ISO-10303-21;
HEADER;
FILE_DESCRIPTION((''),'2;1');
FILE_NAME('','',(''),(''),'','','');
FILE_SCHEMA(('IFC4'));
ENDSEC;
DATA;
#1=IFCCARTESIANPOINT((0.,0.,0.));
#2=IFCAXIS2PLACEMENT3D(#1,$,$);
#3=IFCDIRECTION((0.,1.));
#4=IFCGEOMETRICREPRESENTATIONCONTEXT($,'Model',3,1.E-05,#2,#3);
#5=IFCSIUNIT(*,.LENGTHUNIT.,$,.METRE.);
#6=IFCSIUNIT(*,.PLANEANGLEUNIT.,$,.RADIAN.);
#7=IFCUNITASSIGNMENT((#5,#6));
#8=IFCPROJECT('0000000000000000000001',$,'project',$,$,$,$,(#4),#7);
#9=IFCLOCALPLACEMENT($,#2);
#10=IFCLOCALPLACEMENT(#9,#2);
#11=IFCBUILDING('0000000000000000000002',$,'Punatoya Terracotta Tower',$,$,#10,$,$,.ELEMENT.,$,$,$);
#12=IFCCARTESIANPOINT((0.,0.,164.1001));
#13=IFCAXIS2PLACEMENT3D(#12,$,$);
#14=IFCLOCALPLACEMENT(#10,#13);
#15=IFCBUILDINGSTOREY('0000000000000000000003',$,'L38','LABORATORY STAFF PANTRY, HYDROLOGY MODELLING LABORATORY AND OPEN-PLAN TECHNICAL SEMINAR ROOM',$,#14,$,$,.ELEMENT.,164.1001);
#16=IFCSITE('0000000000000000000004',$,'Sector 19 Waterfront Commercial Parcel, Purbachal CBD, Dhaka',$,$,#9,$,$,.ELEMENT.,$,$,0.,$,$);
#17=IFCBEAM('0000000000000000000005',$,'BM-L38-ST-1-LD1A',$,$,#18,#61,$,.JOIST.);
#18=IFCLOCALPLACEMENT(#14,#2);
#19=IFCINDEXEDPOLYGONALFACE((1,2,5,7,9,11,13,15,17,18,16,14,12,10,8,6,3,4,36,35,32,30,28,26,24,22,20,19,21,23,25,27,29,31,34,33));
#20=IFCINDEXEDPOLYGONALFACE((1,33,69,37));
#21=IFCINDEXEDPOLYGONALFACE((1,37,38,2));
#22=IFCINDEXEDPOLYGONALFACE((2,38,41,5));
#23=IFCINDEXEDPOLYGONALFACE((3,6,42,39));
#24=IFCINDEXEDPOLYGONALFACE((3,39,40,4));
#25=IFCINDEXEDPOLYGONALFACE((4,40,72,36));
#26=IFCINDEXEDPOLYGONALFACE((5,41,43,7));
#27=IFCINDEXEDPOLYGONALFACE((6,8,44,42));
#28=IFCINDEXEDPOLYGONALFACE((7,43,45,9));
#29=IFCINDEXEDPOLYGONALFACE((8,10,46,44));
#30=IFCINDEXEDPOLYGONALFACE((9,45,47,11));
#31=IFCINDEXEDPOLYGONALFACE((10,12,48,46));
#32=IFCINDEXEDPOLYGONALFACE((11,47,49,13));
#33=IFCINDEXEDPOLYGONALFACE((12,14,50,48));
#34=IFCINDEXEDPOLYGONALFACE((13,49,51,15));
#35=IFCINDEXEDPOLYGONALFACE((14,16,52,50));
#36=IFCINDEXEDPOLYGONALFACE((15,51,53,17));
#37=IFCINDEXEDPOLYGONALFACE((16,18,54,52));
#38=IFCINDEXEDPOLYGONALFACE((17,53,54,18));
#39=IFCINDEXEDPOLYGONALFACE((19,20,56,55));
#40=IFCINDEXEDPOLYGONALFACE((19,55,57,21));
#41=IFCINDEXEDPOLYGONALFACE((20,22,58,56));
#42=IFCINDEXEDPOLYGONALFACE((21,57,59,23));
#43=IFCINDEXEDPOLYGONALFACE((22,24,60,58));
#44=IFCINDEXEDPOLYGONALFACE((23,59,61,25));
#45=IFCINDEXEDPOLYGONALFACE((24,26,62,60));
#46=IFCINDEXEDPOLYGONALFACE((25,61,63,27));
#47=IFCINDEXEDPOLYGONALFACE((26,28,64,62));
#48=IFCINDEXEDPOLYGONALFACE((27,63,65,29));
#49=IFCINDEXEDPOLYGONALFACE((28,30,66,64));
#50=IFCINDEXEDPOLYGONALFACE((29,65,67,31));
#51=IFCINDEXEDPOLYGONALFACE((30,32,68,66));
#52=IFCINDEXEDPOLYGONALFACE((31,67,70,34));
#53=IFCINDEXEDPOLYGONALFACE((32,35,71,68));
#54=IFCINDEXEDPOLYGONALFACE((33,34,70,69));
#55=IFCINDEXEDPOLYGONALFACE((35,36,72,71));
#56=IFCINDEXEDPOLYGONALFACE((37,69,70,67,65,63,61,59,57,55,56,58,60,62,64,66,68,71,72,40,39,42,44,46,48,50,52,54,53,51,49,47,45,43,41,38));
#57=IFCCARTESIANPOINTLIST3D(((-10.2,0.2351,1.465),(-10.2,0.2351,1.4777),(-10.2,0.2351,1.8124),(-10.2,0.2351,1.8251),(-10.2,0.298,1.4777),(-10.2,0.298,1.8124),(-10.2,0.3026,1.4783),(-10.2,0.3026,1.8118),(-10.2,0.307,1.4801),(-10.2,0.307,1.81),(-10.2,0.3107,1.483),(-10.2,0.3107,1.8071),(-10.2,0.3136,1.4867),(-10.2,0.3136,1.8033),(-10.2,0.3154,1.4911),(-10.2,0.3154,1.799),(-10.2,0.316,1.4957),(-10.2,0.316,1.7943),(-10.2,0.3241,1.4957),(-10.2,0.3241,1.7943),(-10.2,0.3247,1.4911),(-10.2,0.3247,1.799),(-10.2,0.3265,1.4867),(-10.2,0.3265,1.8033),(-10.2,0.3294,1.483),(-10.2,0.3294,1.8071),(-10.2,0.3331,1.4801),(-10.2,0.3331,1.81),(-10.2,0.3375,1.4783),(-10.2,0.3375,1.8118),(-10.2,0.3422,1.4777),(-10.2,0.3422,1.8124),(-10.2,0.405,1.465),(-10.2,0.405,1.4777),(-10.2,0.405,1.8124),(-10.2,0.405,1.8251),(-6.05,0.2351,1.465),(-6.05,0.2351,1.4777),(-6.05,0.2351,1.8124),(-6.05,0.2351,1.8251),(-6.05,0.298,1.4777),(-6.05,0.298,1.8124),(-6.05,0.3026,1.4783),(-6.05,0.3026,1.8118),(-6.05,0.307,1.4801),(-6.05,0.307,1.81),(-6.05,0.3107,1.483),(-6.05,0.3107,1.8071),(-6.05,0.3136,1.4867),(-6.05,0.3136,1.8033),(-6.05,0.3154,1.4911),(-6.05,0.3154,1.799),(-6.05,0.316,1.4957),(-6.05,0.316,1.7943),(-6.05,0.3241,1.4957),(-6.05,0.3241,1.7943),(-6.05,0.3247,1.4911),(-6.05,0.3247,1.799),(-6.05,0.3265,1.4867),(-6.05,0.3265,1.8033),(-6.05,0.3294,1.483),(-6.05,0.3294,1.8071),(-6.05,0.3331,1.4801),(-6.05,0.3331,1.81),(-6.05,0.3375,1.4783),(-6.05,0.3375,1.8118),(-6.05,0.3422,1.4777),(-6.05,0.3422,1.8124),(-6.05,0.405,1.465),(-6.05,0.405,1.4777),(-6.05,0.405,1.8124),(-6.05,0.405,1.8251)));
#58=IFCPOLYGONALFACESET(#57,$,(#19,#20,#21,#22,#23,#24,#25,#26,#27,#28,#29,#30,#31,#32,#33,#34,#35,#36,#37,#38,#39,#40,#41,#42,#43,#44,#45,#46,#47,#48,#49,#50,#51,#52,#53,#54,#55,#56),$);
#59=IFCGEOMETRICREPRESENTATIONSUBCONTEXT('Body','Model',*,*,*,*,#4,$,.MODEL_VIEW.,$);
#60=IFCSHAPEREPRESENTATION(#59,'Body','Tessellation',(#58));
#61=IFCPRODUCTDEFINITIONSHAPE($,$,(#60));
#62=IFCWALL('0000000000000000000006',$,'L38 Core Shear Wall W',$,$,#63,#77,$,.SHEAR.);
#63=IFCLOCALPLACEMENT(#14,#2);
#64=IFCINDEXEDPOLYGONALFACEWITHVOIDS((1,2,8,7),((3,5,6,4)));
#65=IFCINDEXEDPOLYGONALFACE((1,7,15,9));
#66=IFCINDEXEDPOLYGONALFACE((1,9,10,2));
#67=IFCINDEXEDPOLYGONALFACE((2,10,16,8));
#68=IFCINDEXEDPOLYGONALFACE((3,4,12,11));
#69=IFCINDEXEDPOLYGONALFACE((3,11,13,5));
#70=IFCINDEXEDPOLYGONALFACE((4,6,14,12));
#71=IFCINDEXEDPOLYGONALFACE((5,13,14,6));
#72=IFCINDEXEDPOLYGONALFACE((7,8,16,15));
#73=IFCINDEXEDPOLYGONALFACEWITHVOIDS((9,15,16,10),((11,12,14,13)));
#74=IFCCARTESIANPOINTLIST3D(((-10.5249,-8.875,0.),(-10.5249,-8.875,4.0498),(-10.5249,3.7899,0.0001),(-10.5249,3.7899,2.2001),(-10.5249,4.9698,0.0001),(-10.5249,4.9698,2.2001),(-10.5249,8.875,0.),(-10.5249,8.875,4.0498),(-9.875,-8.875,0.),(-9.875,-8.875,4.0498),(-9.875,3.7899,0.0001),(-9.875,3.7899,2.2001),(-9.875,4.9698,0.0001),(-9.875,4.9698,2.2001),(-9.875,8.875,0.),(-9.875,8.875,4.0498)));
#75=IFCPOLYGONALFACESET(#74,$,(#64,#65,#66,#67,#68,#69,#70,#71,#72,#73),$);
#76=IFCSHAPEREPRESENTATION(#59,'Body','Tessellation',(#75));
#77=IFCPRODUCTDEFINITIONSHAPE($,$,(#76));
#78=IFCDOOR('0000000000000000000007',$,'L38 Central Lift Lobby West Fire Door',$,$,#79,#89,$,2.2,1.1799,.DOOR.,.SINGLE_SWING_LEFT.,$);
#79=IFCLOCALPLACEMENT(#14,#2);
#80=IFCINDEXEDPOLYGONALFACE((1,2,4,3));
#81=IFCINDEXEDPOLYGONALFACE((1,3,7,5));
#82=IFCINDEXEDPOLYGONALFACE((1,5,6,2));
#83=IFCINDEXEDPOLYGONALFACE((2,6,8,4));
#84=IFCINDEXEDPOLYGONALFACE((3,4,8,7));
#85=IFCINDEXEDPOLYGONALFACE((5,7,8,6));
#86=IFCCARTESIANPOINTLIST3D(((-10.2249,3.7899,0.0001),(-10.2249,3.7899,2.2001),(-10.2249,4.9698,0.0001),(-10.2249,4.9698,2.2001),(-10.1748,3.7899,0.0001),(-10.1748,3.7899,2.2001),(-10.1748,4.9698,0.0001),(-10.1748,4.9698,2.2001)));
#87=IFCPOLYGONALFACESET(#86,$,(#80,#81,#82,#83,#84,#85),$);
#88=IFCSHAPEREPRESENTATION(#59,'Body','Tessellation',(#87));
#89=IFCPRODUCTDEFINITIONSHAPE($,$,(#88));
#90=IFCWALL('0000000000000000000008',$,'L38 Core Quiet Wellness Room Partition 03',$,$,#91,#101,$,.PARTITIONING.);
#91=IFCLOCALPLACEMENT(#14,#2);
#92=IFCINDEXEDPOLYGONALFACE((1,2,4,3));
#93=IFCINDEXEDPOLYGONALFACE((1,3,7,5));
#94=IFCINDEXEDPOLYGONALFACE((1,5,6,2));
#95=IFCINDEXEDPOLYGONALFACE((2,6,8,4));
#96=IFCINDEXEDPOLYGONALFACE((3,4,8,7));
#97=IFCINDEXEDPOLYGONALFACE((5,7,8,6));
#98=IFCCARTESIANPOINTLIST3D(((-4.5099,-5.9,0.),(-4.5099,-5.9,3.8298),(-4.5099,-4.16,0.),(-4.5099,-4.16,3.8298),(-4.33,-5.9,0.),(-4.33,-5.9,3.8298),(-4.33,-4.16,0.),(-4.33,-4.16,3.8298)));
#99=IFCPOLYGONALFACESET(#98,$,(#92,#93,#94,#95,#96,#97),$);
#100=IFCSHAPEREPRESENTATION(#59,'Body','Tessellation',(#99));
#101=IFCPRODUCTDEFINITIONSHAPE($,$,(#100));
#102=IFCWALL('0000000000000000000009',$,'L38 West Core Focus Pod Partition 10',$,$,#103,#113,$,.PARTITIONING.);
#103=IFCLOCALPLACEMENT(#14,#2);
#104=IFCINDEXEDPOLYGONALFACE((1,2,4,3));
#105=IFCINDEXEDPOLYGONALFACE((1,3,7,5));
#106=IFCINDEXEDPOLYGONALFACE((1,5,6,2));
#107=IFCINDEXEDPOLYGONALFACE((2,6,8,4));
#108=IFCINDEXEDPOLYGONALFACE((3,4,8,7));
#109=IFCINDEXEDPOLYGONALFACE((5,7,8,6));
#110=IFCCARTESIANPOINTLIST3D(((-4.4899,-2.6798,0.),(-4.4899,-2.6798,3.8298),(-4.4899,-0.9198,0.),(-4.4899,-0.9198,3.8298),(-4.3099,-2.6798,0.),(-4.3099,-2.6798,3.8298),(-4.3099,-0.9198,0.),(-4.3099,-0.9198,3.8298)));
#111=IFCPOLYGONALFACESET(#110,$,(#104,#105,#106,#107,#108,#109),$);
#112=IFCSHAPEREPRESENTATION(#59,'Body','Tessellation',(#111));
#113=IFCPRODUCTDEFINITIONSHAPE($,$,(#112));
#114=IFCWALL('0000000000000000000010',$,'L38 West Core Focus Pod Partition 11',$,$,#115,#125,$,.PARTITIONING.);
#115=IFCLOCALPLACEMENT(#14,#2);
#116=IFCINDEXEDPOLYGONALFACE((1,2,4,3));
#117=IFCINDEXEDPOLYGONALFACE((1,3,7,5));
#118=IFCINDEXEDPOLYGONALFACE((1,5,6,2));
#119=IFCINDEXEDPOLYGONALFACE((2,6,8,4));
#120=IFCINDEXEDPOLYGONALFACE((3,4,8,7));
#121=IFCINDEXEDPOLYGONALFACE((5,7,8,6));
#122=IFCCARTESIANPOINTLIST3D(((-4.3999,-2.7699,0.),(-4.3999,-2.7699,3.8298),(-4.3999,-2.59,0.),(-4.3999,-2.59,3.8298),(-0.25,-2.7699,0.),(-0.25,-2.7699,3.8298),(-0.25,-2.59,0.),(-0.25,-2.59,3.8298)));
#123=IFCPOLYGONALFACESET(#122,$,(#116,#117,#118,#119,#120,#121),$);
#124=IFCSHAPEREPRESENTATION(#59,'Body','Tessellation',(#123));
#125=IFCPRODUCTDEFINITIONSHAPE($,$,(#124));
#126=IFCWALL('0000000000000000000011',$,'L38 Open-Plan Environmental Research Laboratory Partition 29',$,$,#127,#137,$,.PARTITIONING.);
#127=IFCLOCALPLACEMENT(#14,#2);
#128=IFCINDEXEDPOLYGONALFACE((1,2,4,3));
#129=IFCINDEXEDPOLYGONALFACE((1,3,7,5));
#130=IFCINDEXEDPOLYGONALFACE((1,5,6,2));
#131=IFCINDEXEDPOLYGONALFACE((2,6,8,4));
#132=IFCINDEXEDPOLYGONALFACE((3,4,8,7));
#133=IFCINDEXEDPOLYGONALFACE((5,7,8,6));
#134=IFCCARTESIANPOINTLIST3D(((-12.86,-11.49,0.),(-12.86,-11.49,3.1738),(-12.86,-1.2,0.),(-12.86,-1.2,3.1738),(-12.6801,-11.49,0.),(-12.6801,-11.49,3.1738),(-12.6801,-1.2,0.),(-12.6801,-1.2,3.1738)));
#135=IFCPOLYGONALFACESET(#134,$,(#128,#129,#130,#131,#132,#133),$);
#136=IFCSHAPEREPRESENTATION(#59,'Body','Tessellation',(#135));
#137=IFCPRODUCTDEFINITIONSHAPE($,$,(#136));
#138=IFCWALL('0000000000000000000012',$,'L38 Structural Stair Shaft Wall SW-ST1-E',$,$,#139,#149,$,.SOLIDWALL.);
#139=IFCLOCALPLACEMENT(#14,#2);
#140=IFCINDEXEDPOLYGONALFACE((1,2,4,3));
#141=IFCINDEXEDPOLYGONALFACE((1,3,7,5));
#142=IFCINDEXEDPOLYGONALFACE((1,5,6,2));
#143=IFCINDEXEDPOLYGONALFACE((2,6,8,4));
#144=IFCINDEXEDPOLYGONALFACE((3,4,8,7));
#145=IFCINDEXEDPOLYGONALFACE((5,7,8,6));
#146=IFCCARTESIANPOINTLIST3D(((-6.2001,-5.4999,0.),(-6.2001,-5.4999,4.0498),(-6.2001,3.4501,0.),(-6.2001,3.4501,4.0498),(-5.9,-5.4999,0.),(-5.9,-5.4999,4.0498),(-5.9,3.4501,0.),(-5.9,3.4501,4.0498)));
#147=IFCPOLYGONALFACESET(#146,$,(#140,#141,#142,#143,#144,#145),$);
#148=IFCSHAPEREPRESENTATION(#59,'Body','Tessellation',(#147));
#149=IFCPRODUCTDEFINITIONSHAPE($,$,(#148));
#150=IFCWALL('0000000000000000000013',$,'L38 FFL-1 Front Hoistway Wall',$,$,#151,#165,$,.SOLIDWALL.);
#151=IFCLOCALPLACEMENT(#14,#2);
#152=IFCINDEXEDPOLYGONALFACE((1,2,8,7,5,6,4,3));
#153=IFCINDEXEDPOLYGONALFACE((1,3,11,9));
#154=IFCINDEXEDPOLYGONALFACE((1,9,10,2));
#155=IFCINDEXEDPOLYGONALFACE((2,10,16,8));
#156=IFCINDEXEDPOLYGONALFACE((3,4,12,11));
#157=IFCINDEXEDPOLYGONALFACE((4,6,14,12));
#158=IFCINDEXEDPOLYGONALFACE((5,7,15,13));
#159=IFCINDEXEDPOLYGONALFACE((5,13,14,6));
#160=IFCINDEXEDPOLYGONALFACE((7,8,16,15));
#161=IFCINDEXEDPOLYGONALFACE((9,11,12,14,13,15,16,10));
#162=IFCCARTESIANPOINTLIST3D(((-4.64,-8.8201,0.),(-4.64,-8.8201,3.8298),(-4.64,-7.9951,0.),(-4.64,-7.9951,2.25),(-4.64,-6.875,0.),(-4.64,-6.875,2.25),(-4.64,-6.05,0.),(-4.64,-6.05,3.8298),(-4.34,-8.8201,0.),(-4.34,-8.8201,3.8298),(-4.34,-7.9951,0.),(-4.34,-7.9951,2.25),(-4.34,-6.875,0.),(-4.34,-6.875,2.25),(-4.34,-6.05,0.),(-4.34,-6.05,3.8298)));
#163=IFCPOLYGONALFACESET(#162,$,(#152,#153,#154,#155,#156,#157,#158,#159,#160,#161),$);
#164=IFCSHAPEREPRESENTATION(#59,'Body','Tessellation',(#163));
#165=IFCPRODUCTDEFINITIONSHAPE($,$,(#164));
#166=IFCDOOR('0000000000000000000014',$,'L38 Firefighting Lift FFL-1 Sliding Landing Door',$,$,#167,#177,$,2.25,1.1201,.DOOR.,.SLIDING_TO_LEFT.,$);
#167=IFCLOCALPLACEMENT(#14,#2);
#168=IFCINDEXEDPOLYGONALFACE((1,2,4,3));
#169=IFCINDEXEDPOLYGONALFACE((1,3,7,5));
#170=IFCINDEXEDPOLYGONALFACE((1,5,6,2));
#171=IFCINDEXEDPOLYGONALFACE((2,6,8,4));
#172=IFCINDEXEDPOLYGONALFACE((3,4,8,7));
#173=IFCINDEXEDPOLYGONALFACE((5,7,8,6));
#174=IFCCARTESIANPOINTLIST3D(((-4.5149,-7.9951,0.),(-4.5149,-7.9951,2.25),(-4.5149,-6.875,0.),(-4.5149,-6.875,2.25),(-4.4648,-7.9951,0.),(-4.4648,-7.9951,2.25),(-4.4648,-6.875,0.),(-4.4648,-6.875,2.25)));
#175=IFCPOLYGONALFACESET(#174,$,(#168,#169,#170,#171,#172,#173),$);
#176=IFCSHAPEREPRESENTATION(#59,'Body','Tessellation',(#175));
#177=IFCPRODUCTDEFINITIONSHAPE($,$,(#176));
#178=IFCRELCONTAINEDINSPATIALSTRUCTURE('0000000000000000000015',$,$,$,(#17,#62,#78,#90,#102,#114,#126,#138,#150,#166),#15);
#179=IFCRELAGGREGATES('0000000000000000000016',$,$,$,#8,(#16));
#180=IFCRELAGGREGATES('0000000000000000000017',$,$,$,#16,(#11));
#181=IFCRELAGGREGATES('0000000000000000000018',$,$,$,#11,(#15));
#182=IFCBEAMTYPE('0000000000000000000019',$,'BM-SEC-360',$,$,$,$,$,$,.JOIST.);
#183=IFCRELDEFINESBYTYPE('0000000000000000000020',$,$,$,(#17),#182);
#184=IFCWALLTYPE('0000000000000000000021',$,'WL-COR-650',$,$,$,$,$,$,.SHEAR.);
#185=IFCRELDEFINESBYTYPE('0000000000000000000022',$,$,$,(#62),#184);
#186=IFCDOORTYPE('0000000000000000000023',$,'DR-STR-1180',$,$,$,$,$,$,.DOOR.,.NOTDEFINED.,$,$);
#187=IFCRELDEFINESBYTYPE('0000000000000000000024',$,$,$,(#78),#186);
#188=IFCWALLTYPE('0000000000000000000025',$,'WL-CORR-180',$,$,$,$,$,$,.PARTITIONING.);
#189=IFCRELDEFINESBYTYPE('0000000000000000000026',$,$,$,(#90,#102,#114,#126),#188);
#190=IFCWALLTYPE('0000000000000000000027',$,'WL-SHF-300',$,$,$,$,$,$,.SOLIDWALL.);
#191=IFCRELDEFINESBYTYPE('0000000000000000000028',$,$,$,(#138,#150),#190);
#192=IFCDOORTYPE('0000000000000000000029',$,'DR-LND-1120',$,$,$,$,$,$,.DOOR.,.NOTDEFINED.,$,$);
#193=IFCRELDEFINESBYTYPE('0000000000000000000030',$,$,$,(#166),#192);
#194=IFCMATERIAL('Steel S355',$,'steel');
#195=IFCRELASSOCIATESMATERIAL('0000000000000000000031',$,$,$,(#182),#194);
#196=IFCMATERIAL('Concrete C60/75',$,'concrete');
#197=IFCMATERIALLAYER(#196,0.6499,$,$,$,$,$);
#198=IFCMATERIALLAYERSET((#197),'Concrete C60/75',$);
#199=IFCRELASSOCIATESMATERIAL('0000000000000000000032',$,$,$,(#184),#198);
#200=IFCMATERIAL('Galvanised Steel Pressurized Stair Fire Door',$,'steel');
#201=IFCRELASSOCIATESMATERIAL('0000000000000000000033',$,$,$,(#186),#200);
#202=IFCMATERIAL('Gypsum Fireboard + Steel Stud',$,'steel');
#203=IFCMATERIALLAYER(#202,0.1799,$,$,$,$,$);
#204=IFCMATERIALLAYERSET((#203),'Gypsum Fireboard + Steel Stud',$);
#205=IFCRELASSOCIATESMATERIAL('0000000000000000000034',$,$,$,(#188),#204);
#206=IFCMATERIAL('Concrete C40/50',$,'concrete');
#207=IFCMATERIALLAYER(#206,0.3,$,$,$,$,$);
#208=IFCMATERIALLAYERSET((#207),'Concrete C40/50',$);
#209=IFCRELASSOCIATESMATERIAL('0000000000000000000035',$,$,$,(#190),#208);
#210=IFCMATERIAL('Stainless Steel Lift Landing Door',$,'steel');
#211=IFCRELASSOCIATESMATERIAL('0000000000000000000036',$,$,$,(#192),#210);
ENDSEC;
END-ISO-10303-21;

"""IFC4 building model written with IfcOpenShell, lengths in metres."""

from ifc_helpers import new_model, si_unit, direction, frame, frame_2d, origin, origin_2d, place, context, subcontext, project, spatial, rectangle, i_section, extrude, material, layer, layer_set, material_profile, profile_set, type_object, element, fill, save


model = new_model("IFC4")

# Units and contexts
model_context = context("Model", 3, precision=1e-05, world=origin(), true_north=direction((0.0, 1.0)))
body_context = subcontext(model_context, "Body", "Model", "MODEL_VIEW")
ifc_project = project(units=[si_unit("LENGTHUNIT", "METRE"), si_unit("PLANEANGLEUNIT", "RADIAN")], contexts=[model_context])

# Site, building, storey
site_placement = place(None, origin())
site = spatial("IfcSite", under=ifc_project, at=site_placement, Name="Sector 19 Waterfront Commercial Parcel, Purbachal CBD, Dhaka", CompositionType="ELEMENT", RefElevation=0.0)
building_placement = place(site_placement, origin())
building = spatial("IfcBuilding", under=site, at=building_placement, Name="Punatoya Terracotta Tower", CompositionType="ELEMENT")
storey_placement = place(building_placement, frame((0.0, 0.0, 164.1001)))
storey = spatial("IfcBuildingStorey", under=building, at=storey_placement, Name="L38", Description="LABORATORY STAFF PANTRY, HYDROLOGY MODELLING LABORATORY AND OPEN-PLAN TECHNICAL SEMINAR ROOM", CompositionType="ELEMENT", Elevation=164.1001)

# Beam
ifc_material_1 = material(Name="Steel S355", Category="steel")
ifc_material_2 = material(Name="Concrete C60/75", Category="concrete")
ifc_material_profile_1 = material_profile(ifc_material_1, i_section(OverallWidth=0.1699, OverallDepth=0.3601, WebThickness=0.0081, FlangeThickness=0.0127, FilletRadius=0.0181, at=origin_2d()))
ifc_profile_set_1 = profile_set([ifc_material_profile_1], Name="Steel S355")
beam_type_1 = type_object("IfcBeamType", Name="BM-SEC-360", PredefinedType="JOIST", material=ifc_profile_set_1)
beam_1_placement = place(storey_placement, frame((-10.2, 0.3201, 1.645), z_axis=(1.0, 0.0, 0.0), x_axis=(0.0, 1.0, 0.0)))
element("IfcBeam", 1, at=beam_1_placement, inside=storey, type_object=beam_type_1, Name="BM-L38-ST-1-LD1A", PredefinedType="JOIST", context=body_context, shape_type="SweptSolid", body=[
    extrude(i_section(OverallWidth=0.1699, OverallDepth=0.3601, WebThickness=0.0081, FlangeThickness=0.0127, FilletRadius=0.0181, at=origin_2d()), origin(), (0.0, 0.0, 1.0), 4.1499),
])

# Wall, opening, door
ifc_layer_1 = layer(ifc_material_2, 0.6499)
ifc_layer_set_1 = layer_set([ifc_layer_1], Name="Concrete C60/75")
wall_type_1 = type_object("IfcWallType", Name="WL-COR-650", PredefinedType="SHEAR", material=ifc_layer_set_1)
wall_1_placement = place(storey_placement, frame((-10.2, -8.875, 0.0), z_axis=(0.0, 0.0, 1.0), x_axis=(0.0, 1.0, 0.0)))
wall_1 = element("IfcWall", 2, at=wall_1_placement, inside=storey, type_object=wall_type_1, Name="L38 Core Shear Wall W", PredefinedType="SHEAR", context=body_context, shape_type="SweptSolid", body=[
    extrude(rectangle(XDim=17.75, YDim=0.6499, at=frame_2d((8.875, 0.0))), origin(), (0.0, 0.0, 1.0), 4.0498),
])
opening_1_placement = place(wall_1_placement, frame((12.665, 0.0, 0.0)))
opening_1 = element("IfcOpeningElement", 3, at=opening_1_placement, cuts=wall_1, PredefinedType="OPENING", context=body_context, shape_type="SweptSolid", body=[
    extrude(rectangle(XDim=1.1799, YDim=2.2, at=frame_2d((0.5898, 1.1001))), frame((0.0, 0.335, 0.0), z_axis=(0.0, -1.0, 0.0), x_axis=(1.0, 0.0, 0.0)), (0.0, 0.0, 1.0), 0.6699),
])
ifc_material_3 = material(Name="Galvanised Steel Pressurized Stair Fire Door", Category="steel")
door_type_1 = type_object("IfcDoorType", Name="DR-STR-1180", OperationType="NOTDEFINED", PredefinedType="DOOR", material=ifc_material_3)
door_1_placement = place(opening_1_placement, origin())
door_1 = element("IfcDoor", 4, at=door_1_placement, inside=storey, type_object=door_type_1, Name="L38 Central Lift Lobby West Fire Door", OperationType="SINGLE_SWING_LEFT", OverallHeight=2.2, OverallWidth=1.1799, PredefinedType="DOOR", context=body_context, shape_type="SweptSolid", body=[
    extrude(rectangle(XDim=1.1799, YDim=2.2, at=frame_2d((0.5898, 1.1001))), frame((0.0, 0.0249, 0.0), z_axis=(0.0, -1.0, 0.0), x_axis=(1.0, 0.0, 0.0)), (0.0, 0.0, 1.0), 0.05),
])
fill(opening_1, door_1)

# Walls
ifc_material_4 = material(Name="Gypsum Fireboard + Steel Stud", Category="steel")
ifc_layer_2 = layer(ifc_material_4, 0.1799)
ifc_layer_set_2 = layer_set([ifc_layer_2], Name="Gypsum Fireboard + Steel Stud")
wall_type_2 = type_object("IfcWallType", Name="WL-CORR-180", PredefinedType="PARTITIONING", material=ifc_layer_set_2)
wall_2_placement = place(storey_placement, frame((-4.4199, -4.1599, 0.0), z_axis=(0.0, 0.0, 1.0), x_axis=(0.0, -1.0, 0.0)))
element("IfcWall", 5, at=wall_2_placement, inside=storey, type_object=wall_type_2, Name="L38 Core Quiet Wellness Room Partition 03", PredefinedType="PARTITIONING", context=body_context, shape_type="SweptSolid", body=[
    extrude(rectangle(XDim=1.74, YDim=0.1799, at=frame_2d((0.8701, 0.0))), origin(), (0.0, 0.0, 1.0), 3.8298),
])
wall_3_placement = place(storey_placement, frame((-4.3999, -0.9199, 0.0), z_axis=(0.0, 0.0, 1.0), x_axis=(0.0, -1.0, 0.0)))
element("IfcWall", 6, at=wall_3_placement, inside=storey, type_object=wall_type_2, Name="L38 West Core Focus Pod Partition 10", PredefinedType="PARTITIONING", context=body_context, shape_type="SweptSolid", body=[
    extrude(rectangle(XDim=1.76, YDim=0.1799, at=frame_2d((0.8799, 0.0))), origin(), (0.0, 0.0, 1.0), 3.8298),
])
wall_4_placement = place(storey_placement, frame((-4.3999, -2.6799, 0.0), z_axis=(0.0, 0.0, 1.0), x_axis=(1.0, 0.0, 0.0)))
element("IfcWall", 7, at=wall_4_placement, inside=storey, type_object=wall_type_2, Name="L38 West Core Focus Pod Partition 11", PredefinedType="PARTITIONING", context=body_context, shape_type="SweptSolid", body=[
    extrude(rectangle(XDim=4.1499, YDim=0.1799, at=frame_2d((2.075, 0.0))), origin(), (0.0, 0.0, 1.0), 3.8298),
])
wall_5_placement = place(storey_placement, frame((-12.77, -1.2, 0.0), z_axis=(0.0, 0.0, 1.0), x_axis=(0.0, -1.0, 0.0)))
element("IfcWall", 8, at=wall_5_placement, inside=storey, type_object=wall_type_2, Name="L38 Open-Plan Environmental Research Laboratory Partition 29", PredefinedType="PARTITIONING", context=body_context, shape_type="SweptSolid", body=[
    extrude(rectangle(XDim=10.29, YDim=0.1799, at=frame_2d((5.145, 0.0))), origin(), (0.0, 0.0, 1.0), 3.1738),
])
ifc_material_5 = material(Name="Concrete C40/50", Category="concrete")
ifc_layer_3 = layer(ifc_material_5, 0.3)
ifc_layer_set_3 = layer_set([ifc_layer_3], Name="Concrete C40/50")
wall_type_3 = type_object("IfcWallType", Name="WL-SHF-300", PredefinedType="SOLIDWALL", material=ifc_layer_set_3)
wall_6_placement = place(storey_placement, frame((-6.05, -5.5, 0.0), z_axis=(0.0, 0.0, 1.0), x_axis=(0.0, 1.0, 0.0)))
element("IfcWall", 9, at=wall_6_placement, inside=storey, type_object=wall_type_3, Name="L38 Structural Stair Shaft Wall SW-ST1-E", PredefinedType="SOLIDWALL", context=body_context, shape_type="SweptSolid", body=[
    extrude(rectangle(XDim=8.95, YDim=0.3, at=frame_2d((4.4751, 0.0))), origin(), (0.0, 0.0, 1.0), 4.0498),
])

# Wall, opening, door
wall_7_placement = place(storey_placement, frame((-4.49, -8.8201, 0.0), z_axis=(0.0, 0.0, 1.0), x_axis=(0.0, 1.0, 0.0)))
wall_7 = element("IfcWall", 10, at=wall_7_placement, inside=storey, type_object=wall_type_3, Name="L38 FFL-1 Front Hoistway Wall", PredefinedType="SOLIDWALL", context=body_context, shape_type="SweptSolid", body=[
    extrude(rectangle(XDim=2.77, YDim=0.3, at=frame_2d((1.385, 0.0))), origin(), (0.0, 0.0, 1.0), 3.8298),
])
opening_2_placement = place(wall_7_placement, frame((0.825, 0.0, 0.0)))
opening_2 = element("IfcOpeningElement", 11, at=opening_2_placement, cuts=wall_7, PredefinedType="OPENING", context=body_context, shape_type="SweptSolid", body=[
    extrude(rectangle(XDim=1.1201, YDim=2.25, at=frame_2d((0.5601, 1.125))), frame((0.0, 0.1599, 0.0), z_axis=(0.0, -1.0, 0.0), x_axis=(1.0, 0.0, 0.0)), (0.0, 0.0, 1.0), 0.3201),
])
ifc_material_6 = material(Name="Stainless Steel Lift Landing Door", Category="steel")
door_type_2 = type_object("IfcDoorType", Name="DR-LND-1120", OperationType="NOTDEFINED", PredefinedType="DOOR", material=ifc_material_6)
door_2_placement = place(opening_2_placement, origin())
door_2 = element("IfcDoor", 12, at=door_2_placement, inside=storey, type_object=door_type_2, Name="L38 Firefighting Lift FFL-1 Sliding Landing Door", OperationType="SLIDING_TO_LEFT", OverallHeight=2.25, OverallWidth=1.1201, PredefinedType="DOOR", context=body_context, shape_type="SweptSolid", body=[
    extrude(rectangle(XDim=1.1201, YDim=2.25, at=frame_2d((0.5601, 1.125))), frame((0.0, 0.0249, 0.0), z_axis=(0.0, -1.0, 0.0), x_axis=(1.0, 0.0, 0.0)), (0.0, 0.0, 1.0), 0.05),
])
fill(opening_2, door_2)

save(model, "model.ifc")
